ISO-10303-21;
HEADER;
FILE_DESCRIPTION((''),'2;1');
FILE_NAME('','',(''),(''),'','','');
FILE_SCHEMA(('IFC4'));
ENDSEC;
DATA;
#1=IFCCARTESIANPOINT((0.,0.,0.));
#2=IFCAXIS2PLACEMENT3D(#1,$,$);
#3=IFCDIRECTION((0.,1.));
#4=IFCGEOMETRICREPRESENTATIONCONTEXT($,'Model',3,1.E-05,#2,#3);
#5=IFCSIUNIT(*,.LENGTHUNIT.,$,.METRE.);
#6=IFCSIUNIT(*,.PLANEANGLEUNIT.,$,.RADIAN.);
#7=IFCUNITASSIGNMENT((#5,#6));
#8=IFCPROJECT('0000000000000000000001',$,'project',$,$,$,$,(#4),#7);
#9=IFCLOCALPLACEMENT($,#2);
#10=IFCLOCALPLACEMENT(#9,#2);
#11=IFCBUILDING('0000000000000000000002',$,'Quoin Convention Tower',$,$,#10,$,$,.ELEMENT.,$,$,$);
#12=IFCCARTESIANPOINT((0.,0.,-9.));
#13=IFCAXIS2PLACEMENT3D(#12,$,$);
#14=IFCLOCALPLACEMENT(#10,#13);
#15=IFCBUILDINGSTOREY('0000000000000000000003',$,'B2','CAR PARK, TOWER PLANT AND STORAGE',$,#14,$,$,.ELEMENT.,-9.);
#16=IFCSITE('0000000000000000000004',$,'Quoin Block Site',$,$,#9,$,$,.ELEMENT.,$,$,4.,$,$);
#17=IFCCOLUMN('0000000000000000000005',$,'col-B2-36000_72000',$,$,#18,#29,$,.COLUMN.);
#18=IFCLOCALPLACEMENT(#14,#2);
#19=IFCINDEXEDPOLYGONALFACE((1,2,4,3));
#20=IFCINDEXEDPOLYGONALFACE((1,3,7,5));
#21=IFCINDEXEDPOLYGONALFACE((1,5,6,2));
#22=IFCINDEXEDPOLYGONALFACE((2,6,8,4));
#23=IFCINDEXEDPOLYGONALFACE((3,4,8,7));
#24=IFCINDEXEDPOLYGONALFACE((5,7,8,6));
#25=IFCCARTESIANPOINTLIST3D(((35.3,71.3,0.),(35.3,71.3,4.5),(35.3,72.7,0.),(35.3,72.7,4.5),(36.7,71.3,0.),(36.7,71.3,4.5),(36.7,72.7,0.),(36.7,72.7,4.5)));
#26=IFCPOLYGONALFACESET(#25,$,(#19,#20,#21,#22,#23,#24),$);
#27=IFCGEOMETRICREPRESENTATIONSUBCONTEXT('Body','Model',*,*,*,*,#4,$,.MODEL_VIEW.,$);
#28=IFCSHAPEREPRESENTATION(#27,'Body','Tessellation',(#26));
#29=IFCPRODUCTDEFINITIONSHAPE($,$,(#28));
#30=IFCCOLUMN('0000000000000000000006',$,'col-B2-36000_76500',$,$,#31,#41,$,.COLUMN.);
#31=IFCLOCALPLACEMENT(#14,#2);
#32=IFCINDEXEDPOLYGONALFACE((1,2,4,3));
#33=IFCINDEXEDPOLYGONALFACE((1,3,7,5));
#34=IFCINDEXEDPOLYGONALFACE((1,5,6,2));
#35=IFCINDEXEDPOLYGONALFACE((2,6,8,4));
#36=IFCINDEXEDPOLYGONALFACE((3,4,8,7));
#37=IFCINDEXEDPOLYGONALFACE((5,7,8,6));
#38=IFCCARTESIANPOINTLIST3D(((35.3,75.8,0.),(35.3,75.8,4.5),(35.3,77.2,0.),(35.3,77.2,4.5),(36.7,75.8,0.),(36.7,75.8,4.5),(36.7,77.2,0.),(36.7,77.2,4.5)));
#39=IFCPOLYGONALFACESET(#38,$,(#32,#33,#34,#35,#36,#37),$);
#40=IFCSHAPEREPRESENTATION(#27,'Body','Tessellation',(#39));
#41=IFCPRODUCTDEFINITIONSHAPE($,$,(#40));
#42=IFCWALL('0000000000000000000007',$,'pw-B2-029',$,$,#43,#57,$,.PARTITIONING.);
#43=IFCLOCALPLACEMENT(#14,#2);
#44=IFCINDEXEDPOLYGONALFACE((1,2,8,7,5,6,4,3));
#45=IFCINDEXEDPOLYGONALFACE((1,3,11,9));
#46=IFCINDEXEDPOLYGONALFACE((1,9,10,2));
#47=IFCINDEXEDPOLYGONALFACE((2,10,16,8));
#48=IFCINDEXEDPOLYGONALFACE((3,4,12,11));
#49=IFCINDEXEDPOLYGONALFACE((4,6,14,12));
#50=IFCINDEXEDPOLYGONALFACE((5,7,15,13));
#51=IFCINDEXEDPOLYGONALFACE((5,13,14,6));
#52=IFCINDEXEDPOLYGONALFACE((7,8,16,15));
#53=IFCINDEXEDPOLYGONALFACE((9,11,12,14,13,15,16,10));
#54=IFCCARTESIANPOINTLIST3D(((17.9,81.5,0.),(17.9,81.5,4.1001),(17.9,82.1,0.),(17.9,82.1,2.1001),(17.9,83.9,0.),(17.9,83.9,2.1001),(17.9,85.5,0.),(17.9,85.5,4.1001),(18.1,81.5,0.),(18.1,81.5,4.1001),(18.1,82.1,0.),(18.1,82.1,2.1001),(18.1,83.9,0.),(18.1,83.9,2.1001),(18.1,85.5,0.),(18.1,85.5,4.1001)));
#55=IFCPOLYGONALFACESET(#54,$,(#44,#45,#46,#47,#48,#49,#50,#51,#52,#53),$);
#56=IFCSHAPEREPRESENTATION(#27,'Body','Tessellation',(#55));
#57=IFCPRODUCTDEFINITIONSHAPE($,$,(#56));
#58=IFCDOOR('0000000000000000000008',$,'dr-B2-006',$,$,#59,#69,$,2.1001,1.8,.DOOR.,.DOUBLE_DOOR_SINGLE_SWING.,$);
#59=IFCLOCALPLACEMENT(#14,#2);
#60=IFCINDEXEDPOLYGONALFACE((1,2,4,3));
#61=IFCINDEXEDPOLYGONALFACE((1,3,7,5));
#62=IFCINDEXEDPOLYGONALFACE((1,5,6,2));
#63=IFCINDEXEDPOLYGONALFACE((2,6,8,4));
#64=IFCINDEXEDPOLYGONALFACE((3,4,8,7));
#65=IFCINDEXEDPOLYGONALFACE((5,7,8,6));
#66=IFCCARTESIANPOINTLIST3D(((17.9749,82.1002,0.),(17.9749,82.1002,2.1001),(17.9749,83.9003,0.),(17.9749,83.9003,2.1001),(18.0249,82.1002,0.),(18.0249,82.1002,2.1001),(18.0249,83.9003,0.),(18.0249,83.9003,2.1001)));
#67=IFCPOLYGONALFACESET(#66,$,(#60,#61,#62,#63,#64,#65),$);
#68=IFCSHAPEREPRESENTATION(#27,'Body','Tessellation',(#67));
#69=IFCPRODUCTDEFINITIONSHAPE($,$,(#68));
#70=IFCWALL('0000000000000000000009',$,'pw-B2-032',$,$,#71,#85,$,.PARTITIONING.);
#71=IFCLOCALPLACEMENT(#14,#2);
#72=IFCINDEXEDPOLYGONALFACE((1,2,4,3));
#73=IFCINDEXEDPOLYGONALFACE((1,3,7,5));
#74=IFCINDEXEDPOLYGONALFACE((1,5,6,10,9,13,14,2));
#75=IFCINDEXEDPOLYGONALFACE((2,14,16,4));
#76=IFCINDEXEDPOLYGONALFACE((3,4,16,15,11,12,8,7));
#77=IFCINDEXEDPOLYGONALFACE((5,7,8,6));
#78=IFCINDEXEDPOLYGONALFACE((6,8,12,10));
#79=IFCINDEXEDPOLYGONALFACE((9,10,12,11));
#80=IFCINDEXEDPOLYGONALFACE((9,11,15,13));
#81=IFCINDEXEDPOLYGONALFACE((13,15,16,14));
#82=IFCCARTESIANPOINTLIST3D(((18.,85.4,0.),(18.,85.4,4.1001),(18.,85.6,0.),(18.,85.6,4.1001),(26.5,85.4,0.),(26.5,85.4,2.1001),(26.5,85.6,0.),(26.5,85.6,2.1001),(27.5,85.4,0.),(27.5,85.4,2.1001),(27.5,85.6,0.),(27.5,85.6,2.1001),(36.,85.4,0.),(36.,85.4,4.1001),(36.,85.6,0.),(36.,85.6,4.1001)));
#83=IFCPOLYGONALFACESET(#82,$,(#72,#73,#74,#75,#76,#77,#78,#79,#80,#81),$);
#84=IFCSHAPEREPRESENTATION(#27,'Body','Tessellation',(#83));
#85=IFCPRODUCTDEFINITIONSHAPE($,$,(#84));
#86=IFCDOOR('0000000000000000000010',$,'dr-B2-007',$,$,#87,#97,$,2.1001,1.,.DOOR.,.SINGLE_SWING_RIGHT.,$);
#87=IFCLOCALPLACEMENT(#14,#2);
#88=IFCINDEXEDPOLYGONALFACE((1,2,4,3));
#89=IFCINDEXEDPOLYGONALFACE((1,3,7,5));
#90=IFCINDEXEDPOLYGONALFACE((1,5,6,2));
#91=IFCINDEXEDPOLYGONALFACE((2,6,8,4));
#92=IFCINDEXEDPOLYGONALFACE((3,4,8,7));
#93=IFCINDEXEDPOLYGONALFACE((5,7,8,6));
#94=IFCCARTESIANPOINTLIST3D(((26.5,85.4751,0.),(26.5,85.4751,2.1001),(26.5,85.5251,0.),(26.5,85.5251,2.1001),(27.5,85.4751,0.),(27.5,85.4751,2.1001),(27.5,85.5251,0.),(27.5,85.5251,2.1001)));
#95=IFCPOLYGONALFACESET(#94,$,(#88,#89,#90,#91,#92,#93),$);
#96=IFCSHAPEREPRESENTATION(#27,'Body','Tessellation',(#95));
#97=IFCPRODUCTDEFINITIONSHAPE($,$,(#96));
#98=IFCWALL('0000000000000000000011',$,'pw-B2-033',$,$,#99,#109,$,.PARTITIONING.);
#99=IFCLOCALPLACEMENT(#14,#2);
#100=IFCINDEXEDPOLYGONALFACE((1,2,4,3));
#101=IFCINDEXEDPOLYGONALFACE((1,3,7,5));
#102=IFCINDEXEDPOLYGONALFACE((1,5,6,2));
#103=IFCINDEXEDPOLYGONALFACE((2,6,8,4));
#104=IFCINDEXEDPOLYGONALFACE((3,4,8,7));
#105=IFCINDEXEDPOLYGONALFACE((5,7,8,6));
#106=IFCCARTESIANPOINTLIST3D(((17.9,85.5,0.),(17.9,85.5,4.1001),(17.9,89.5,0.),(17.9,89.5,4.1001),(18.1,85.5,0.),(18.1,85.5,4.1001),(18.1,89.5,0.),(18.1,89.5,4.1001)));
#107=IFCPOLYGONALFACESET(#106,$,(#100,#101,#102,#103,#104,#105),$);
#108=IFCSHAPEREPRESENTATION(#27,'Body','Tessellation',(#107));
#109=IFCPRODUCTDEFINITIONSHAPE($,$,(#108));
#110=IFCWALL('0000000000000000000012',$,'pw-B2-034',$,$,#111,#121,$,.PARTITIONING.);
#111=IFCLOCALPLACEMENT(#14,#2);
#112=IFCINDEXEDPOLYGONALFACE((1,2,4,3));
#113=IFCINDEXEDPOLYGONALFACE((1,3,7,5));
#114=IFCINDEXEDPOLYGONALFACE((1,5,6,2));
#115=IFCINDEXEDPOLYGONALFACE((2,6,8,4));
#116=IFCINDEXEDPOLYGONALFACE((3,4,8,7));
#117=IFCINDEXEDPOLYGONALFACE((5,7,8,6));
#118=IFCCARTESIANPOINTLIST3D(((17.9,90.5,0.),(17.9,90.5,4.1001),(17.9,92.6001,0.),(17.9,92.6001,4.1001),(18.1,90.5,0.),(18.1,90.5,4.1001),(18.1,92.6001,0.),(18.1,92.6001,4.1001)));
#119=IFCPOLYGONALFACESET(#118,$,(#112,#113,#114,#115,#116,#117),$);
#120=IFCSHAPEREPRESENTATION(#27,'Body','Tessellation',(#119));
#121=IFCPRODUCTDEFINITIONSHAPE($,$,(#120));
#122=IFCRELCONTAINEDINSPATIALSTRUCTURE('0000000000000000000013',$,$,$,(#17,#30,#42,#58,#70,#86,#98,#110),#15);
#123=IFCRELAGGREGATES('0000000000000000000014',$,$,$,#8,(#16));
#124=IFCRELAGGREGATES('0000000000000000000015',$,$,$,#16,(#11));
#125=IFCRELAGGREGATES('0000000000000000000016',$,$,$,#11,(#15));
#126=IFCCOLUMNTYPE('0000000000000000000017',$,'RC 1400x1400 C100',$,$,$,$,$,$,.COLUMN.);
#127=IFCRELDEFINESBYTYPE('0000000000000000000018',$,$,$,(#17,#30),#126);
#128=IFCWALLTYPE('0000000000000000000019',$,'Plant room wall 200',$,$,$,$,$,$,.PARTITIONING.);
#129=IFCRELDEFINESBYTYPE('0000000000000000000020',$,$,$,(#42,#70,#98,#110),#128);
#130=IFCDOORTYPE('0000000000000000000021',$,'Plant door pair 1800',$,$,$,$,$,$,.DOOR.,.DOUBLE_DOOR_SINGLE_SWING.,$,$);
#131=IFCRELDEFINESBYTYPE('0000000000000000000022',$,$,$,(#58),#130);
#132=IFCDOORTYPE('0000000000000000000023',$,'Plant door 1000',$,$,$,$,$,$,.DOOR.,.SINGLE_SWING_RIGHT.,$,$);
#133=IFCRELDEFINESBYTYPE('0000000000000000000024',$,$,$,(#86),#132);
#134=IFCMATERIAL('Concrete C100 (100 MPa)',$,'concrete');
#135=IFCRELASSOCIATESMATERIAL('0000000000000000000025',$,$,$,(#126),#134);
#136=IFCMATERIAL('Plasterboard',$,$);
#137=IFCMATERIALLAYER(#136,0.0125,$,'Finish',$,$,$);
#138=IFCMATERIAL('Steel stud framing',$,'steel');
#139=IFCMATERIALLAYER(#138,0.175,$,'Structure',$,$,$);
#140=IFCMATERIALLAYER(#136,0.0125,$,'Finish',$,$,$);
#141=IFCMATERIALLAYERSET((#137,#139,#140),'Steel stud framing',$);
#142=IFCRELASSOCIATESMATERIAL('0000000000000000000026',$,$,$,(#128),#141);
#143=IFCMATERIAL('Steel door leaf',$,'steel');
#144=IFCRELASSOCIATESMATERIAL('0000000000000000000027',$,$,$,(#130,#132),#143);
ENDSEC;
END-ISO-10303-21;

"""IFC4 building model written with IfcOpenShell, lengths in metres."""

from ifc_helpers import new_model, si_unit, direction, frame, frame_2d, origin, origin_2d, place, context, subcontext, project, spatial, rectangle, extrude, material, layer, layer_set, material_profile, profile_set, type_object, element, fill, save


model = new_model("IFC4")

# Units and contexts
model_context = context("Model", 3, precision=1e-05, world=origin(), true_north=direction((0.0, 1.0)))
body_context = subcontext(model_context, "Body", "Model", "MODEL_VIEW")
ifc_project = project(units=[si_unit("LENGTHUNIT", "METRE"), si_unit("PLANEANGLEUNIT", "RADIAN")], contexts=[model_context])

# Site, building, storey
site_placement = place(None, origin())
site = spatial("IfcSite", under=ifc_project, at=site_placement, Name="Quoin Block Site", CompositionType="ELEMENT", RefElevation=4.0)
building_placement = place(site_placement, origin())
building = spatial("IfcBuilding", under=site, at=building_placement, Name="Quoin Convention Tower", CompositionType="ELEMENT")
storey_placement = place(building_placement, frame((0.0, 0.0, -9.0)))
storey = spatial("IfcBuildingStorey", under=building, at=storey_placement, Name="B2", Description="CAR PARK, TOWER PLANT AND STORAGE", CompositionType="ELEMENT", Elevation=-9.0)

# Columns
ifc_material_1 = material(Name="Concrete C100 (100 MPa)", Category="concrete")
ifc_material_profile_1 = material_profile(ifc_material_1, rectangle(XDim=1.3999, YDim=1.3999, at=origin_2d()), Name="RC 1400x1400")
ifc_profile_set_1 = profile_set([ifc_material_profile_1], Name="Concrete C100 (100 MPa)")
column_type_1 = type_object("IfcColumnType", Name="RC 1400x1400 C100", PredefinedType="COLUMN", material=ifc_profile_set_1)
for number, where, z_axis, x_axis, name in (
    (1, (36.0, 72.0, 0.0), (0.0, 0.0, 1.0), (1.0, 0.0, 0.0), "col-B2-36000_72000"),
    (2, (36.0, 76.5, 0.0), (0.0, 0.0, 1.0), (1.0, 0.0, 0.0), "col-B2-36000_76500"),
):
    element("IfcColumn", number, at=place(storey_placement, frame(where, z_axis=z_axis, x_axis=x_axis)), inside=storey, type_object=column_type_1, Name=name, PredefinedType="COLUMN", context=body_context, shape_type="SweptSolid", body=[
        extrude(rectangle(XDim=1.3999, YDim=1.3999, at=origin_2d()), origin(), (0.0, 0.0, 1.0), 4.5),
    ])

# Walls, openings, doors
ifc_material_2 = material(Name="Plasterboard")
ifc_layer_1 = layer(ifc_material_2, 0.0125, Name="Finish")
ifc_material_3 = material(Name="Steel stud framing", Category="steel")
ifc_layer_2 = layer(ifc_material_3, 0.175, Name="Structure")
ifc_layer_3 = layer(ifc_material_2, 0.0125, Name="Finish")
ifc_layer_set = layer_set([ifc_layer_1, ifc_layer_2, ifc_layer_3], Name="Steel stud framing")
wall_type = type_object("IfcWallType", Name="Plant room wall 200", PredefinedType="PARTITIONING", material=ifc_layer_set)
wall_1_placement = place(storey_placement, frame((18.0, 81.5, 0.0), z_axis=(0.0, 0.0, 1.0), x_axis=(0.0, 1.0, 0.0)))
wall_1 = element("IfcWall", 3, at=wall_1_placement, inside=storey, type_object=wall_type, Name="pw-B2-029", PredefinedType="PARTITIONING", context=body_context, shape_type="SweptSolid", body=[
    extrude(rectangle(XDim=4.0, YDim=0.2, at=frame_2d((2.0, 0.0))), origin(), (0.0, 0.0, 1.0), 4.1001),
])
opening_1_placement = place(wall_1_placement, frame((0.6001, 0.0, 0.0)))
opening_1 = element("IfcOpeningElement", 4, at=opening_1_placement, cuts=wall_1, PredefinedType="OPENING", context=body_context, shape_type="SweptSolid", body=[
    extrude(rectangle(XDim=1.8, YDim=2.1001, at=frame_2d((0.8999, 1.05))), frame((0.0, 0.1099, 0.0), z_axis=(0.0, -1.0, 0.0), x_axis=(1.0, 0.0, 0.0)), (0.0, 0.0, 1.0), 0.22),
])
ifc_material_4 = material(Name="Steel door leaf", Category="steel")
door_type_1 = type_object("IfcDoorType", Name="Plant door pair 1800", OperationType="DOUBLE_DOOR_SINGLE_SWING", PredefinedType="DOOR", material=ifc_material_4)
door_1_placement = place(opening_1_placement, frame((1.8, 0.0, 0.0), z_axis=(0.0, 0.0, 1.0), x_axis=(-1.0, 0.0, 0.0)))
door_1 = element("IfcDoor", 5, at=door_1_placement, inside=storey, type_object=door_type_1, Name="dr-B2-006", OperationType="DOUBLE_DOOR_SINGLE_SWING", OverallHeight=2.1001, OverallWidth=1.8, PredefinedType="DOOR", context=body_context, shape_type="SweptSolid", body=[
    extrude(rectangle(XDim=1.8, YDim=2.1001, at=frame_2d((0.8999, 1.05))), frame((0.0, 0.0249, 0.0), z_axis=(0.0, -1.0, 0.0), x_axis=(1.0, 0.0, 0.0)), (0.0, 0.0, 1.0), 0.05),
])
fill(opening_1, door_1)
wall_2_placement = place(storey_placement, frame((18.0, 85.5, 0.0), z_axis=(0.0, 0.0, 1.0), x_axis=(1.0, 0.0, 0.0)))
wall_2 = element("IfcWall", 6, at=wall_2_placement, inside=storey, type_object=wall_type, Name="pw-B2-032", PredefinedType="PARTITIONING", context=body_context, shape_type="SweptSolid", body=[
    extrude(rectangle(XDim=18.0, YDim=0.2, at=frame_2d((9.0, 0.0))), origin(), (0.0, 0.0, 1.0), 4.1001),
])
opening_2_placement = place(wall_2_placement, frame((8.5, 0.0, 0.0)))
opening_2 = element("IfcOpeningElement", 7, at=opening_2_placement, cuts=wall_2, PredefinedType="OPENING", context=body_context, shape_type="SweptSolid", body=[
    extrude(rectangle(XDim=1.0, YDim=2.1001, at=frame_2d((0.5, 1.05))), frame((0.0, 0.1099, 0.0), z_axis=(0.0, -1.0, 0.0), x_axis=(1.0, 0.0, 0.0)), (0.0, 0.0, 1.0), 0.22),
])
door_type_2 = type_object("IfcDoorType", Name="Plant door 1000", OperationType="SINGLE_SWING_RIGHT", PredefinedType="DOOR", material=ifc_material_4)
door_2_placement = place(opening_2_placement, frame((1.0, 0.0, 0.0), z_axis=(0.0, 0.0, 1.0), x_axis=(-1.0, 0.0, 0.0)))
door_2 = element("IfcDoor", 8, at=door_2_placement, inside=storey, type_object=door_type_2, Name="dr-B2-007", OperationType="SINGLE_SWING_RIGHT", OverallHeight=2.1001, OverallWidth=1.0, PredefinedType="DOOR", context=body_context, shape_type="SweptSolid", body=[
    extrude(rectangle(XDim=1.0, YDim=2.1001, at=frame_2d((0.5, 1.05))), frame((0.0, 0.0249, 0.0), z_axis=(0.0, -1.0, 0.0), x_axis=(1.0, 0.0, 0.0)), (0.0, 0.0, 1.0), 0.05),
])
fill(opening_2, door_2)

# Walls
wall_3_placement = place(storey_placement, frame((18.0, 85.5, 0.0), z_axis=(0.0, 0.0, 1.0), x_axis=(0.0, 1.0, 0.0)))
element("IfcWall", 9, at=wall_3_placement, inside=storey, type_object=wall_type, Name="pw-B2-033", PredefinedType="PARTITIONING", context=body_context, shape_type="SweptSolid", body=[
    extrude(rectangle(XDim=4.0, YDim=0.2, at=frame_2d((2.0, 0.0))), origin(), (0.0, 0.0, 1.0), 4.1001),
])
wall_4_placement = place(storey_placement, frame((18.0, 90.5, 0.0), z_axis=(0.0, 0.0, 1.0), x_axis=(0.0, 1.0, 0.0)))
element("IfcWall", 10, at=wall_4_placement, inside=storey, type_object=wall_type, Name="pw-B2-034", PredefinedType="PARTITIONING", context=body_context, shape_type="SweptSolid", body=[
    extrude(rectangle(XDim=2.1001, YDim=0.2, at=frame_2d((1.05, 0.0))), origin(), (0.0, 0.0, 1.0), 4.1001),
])

save(model, "model.ifc")
